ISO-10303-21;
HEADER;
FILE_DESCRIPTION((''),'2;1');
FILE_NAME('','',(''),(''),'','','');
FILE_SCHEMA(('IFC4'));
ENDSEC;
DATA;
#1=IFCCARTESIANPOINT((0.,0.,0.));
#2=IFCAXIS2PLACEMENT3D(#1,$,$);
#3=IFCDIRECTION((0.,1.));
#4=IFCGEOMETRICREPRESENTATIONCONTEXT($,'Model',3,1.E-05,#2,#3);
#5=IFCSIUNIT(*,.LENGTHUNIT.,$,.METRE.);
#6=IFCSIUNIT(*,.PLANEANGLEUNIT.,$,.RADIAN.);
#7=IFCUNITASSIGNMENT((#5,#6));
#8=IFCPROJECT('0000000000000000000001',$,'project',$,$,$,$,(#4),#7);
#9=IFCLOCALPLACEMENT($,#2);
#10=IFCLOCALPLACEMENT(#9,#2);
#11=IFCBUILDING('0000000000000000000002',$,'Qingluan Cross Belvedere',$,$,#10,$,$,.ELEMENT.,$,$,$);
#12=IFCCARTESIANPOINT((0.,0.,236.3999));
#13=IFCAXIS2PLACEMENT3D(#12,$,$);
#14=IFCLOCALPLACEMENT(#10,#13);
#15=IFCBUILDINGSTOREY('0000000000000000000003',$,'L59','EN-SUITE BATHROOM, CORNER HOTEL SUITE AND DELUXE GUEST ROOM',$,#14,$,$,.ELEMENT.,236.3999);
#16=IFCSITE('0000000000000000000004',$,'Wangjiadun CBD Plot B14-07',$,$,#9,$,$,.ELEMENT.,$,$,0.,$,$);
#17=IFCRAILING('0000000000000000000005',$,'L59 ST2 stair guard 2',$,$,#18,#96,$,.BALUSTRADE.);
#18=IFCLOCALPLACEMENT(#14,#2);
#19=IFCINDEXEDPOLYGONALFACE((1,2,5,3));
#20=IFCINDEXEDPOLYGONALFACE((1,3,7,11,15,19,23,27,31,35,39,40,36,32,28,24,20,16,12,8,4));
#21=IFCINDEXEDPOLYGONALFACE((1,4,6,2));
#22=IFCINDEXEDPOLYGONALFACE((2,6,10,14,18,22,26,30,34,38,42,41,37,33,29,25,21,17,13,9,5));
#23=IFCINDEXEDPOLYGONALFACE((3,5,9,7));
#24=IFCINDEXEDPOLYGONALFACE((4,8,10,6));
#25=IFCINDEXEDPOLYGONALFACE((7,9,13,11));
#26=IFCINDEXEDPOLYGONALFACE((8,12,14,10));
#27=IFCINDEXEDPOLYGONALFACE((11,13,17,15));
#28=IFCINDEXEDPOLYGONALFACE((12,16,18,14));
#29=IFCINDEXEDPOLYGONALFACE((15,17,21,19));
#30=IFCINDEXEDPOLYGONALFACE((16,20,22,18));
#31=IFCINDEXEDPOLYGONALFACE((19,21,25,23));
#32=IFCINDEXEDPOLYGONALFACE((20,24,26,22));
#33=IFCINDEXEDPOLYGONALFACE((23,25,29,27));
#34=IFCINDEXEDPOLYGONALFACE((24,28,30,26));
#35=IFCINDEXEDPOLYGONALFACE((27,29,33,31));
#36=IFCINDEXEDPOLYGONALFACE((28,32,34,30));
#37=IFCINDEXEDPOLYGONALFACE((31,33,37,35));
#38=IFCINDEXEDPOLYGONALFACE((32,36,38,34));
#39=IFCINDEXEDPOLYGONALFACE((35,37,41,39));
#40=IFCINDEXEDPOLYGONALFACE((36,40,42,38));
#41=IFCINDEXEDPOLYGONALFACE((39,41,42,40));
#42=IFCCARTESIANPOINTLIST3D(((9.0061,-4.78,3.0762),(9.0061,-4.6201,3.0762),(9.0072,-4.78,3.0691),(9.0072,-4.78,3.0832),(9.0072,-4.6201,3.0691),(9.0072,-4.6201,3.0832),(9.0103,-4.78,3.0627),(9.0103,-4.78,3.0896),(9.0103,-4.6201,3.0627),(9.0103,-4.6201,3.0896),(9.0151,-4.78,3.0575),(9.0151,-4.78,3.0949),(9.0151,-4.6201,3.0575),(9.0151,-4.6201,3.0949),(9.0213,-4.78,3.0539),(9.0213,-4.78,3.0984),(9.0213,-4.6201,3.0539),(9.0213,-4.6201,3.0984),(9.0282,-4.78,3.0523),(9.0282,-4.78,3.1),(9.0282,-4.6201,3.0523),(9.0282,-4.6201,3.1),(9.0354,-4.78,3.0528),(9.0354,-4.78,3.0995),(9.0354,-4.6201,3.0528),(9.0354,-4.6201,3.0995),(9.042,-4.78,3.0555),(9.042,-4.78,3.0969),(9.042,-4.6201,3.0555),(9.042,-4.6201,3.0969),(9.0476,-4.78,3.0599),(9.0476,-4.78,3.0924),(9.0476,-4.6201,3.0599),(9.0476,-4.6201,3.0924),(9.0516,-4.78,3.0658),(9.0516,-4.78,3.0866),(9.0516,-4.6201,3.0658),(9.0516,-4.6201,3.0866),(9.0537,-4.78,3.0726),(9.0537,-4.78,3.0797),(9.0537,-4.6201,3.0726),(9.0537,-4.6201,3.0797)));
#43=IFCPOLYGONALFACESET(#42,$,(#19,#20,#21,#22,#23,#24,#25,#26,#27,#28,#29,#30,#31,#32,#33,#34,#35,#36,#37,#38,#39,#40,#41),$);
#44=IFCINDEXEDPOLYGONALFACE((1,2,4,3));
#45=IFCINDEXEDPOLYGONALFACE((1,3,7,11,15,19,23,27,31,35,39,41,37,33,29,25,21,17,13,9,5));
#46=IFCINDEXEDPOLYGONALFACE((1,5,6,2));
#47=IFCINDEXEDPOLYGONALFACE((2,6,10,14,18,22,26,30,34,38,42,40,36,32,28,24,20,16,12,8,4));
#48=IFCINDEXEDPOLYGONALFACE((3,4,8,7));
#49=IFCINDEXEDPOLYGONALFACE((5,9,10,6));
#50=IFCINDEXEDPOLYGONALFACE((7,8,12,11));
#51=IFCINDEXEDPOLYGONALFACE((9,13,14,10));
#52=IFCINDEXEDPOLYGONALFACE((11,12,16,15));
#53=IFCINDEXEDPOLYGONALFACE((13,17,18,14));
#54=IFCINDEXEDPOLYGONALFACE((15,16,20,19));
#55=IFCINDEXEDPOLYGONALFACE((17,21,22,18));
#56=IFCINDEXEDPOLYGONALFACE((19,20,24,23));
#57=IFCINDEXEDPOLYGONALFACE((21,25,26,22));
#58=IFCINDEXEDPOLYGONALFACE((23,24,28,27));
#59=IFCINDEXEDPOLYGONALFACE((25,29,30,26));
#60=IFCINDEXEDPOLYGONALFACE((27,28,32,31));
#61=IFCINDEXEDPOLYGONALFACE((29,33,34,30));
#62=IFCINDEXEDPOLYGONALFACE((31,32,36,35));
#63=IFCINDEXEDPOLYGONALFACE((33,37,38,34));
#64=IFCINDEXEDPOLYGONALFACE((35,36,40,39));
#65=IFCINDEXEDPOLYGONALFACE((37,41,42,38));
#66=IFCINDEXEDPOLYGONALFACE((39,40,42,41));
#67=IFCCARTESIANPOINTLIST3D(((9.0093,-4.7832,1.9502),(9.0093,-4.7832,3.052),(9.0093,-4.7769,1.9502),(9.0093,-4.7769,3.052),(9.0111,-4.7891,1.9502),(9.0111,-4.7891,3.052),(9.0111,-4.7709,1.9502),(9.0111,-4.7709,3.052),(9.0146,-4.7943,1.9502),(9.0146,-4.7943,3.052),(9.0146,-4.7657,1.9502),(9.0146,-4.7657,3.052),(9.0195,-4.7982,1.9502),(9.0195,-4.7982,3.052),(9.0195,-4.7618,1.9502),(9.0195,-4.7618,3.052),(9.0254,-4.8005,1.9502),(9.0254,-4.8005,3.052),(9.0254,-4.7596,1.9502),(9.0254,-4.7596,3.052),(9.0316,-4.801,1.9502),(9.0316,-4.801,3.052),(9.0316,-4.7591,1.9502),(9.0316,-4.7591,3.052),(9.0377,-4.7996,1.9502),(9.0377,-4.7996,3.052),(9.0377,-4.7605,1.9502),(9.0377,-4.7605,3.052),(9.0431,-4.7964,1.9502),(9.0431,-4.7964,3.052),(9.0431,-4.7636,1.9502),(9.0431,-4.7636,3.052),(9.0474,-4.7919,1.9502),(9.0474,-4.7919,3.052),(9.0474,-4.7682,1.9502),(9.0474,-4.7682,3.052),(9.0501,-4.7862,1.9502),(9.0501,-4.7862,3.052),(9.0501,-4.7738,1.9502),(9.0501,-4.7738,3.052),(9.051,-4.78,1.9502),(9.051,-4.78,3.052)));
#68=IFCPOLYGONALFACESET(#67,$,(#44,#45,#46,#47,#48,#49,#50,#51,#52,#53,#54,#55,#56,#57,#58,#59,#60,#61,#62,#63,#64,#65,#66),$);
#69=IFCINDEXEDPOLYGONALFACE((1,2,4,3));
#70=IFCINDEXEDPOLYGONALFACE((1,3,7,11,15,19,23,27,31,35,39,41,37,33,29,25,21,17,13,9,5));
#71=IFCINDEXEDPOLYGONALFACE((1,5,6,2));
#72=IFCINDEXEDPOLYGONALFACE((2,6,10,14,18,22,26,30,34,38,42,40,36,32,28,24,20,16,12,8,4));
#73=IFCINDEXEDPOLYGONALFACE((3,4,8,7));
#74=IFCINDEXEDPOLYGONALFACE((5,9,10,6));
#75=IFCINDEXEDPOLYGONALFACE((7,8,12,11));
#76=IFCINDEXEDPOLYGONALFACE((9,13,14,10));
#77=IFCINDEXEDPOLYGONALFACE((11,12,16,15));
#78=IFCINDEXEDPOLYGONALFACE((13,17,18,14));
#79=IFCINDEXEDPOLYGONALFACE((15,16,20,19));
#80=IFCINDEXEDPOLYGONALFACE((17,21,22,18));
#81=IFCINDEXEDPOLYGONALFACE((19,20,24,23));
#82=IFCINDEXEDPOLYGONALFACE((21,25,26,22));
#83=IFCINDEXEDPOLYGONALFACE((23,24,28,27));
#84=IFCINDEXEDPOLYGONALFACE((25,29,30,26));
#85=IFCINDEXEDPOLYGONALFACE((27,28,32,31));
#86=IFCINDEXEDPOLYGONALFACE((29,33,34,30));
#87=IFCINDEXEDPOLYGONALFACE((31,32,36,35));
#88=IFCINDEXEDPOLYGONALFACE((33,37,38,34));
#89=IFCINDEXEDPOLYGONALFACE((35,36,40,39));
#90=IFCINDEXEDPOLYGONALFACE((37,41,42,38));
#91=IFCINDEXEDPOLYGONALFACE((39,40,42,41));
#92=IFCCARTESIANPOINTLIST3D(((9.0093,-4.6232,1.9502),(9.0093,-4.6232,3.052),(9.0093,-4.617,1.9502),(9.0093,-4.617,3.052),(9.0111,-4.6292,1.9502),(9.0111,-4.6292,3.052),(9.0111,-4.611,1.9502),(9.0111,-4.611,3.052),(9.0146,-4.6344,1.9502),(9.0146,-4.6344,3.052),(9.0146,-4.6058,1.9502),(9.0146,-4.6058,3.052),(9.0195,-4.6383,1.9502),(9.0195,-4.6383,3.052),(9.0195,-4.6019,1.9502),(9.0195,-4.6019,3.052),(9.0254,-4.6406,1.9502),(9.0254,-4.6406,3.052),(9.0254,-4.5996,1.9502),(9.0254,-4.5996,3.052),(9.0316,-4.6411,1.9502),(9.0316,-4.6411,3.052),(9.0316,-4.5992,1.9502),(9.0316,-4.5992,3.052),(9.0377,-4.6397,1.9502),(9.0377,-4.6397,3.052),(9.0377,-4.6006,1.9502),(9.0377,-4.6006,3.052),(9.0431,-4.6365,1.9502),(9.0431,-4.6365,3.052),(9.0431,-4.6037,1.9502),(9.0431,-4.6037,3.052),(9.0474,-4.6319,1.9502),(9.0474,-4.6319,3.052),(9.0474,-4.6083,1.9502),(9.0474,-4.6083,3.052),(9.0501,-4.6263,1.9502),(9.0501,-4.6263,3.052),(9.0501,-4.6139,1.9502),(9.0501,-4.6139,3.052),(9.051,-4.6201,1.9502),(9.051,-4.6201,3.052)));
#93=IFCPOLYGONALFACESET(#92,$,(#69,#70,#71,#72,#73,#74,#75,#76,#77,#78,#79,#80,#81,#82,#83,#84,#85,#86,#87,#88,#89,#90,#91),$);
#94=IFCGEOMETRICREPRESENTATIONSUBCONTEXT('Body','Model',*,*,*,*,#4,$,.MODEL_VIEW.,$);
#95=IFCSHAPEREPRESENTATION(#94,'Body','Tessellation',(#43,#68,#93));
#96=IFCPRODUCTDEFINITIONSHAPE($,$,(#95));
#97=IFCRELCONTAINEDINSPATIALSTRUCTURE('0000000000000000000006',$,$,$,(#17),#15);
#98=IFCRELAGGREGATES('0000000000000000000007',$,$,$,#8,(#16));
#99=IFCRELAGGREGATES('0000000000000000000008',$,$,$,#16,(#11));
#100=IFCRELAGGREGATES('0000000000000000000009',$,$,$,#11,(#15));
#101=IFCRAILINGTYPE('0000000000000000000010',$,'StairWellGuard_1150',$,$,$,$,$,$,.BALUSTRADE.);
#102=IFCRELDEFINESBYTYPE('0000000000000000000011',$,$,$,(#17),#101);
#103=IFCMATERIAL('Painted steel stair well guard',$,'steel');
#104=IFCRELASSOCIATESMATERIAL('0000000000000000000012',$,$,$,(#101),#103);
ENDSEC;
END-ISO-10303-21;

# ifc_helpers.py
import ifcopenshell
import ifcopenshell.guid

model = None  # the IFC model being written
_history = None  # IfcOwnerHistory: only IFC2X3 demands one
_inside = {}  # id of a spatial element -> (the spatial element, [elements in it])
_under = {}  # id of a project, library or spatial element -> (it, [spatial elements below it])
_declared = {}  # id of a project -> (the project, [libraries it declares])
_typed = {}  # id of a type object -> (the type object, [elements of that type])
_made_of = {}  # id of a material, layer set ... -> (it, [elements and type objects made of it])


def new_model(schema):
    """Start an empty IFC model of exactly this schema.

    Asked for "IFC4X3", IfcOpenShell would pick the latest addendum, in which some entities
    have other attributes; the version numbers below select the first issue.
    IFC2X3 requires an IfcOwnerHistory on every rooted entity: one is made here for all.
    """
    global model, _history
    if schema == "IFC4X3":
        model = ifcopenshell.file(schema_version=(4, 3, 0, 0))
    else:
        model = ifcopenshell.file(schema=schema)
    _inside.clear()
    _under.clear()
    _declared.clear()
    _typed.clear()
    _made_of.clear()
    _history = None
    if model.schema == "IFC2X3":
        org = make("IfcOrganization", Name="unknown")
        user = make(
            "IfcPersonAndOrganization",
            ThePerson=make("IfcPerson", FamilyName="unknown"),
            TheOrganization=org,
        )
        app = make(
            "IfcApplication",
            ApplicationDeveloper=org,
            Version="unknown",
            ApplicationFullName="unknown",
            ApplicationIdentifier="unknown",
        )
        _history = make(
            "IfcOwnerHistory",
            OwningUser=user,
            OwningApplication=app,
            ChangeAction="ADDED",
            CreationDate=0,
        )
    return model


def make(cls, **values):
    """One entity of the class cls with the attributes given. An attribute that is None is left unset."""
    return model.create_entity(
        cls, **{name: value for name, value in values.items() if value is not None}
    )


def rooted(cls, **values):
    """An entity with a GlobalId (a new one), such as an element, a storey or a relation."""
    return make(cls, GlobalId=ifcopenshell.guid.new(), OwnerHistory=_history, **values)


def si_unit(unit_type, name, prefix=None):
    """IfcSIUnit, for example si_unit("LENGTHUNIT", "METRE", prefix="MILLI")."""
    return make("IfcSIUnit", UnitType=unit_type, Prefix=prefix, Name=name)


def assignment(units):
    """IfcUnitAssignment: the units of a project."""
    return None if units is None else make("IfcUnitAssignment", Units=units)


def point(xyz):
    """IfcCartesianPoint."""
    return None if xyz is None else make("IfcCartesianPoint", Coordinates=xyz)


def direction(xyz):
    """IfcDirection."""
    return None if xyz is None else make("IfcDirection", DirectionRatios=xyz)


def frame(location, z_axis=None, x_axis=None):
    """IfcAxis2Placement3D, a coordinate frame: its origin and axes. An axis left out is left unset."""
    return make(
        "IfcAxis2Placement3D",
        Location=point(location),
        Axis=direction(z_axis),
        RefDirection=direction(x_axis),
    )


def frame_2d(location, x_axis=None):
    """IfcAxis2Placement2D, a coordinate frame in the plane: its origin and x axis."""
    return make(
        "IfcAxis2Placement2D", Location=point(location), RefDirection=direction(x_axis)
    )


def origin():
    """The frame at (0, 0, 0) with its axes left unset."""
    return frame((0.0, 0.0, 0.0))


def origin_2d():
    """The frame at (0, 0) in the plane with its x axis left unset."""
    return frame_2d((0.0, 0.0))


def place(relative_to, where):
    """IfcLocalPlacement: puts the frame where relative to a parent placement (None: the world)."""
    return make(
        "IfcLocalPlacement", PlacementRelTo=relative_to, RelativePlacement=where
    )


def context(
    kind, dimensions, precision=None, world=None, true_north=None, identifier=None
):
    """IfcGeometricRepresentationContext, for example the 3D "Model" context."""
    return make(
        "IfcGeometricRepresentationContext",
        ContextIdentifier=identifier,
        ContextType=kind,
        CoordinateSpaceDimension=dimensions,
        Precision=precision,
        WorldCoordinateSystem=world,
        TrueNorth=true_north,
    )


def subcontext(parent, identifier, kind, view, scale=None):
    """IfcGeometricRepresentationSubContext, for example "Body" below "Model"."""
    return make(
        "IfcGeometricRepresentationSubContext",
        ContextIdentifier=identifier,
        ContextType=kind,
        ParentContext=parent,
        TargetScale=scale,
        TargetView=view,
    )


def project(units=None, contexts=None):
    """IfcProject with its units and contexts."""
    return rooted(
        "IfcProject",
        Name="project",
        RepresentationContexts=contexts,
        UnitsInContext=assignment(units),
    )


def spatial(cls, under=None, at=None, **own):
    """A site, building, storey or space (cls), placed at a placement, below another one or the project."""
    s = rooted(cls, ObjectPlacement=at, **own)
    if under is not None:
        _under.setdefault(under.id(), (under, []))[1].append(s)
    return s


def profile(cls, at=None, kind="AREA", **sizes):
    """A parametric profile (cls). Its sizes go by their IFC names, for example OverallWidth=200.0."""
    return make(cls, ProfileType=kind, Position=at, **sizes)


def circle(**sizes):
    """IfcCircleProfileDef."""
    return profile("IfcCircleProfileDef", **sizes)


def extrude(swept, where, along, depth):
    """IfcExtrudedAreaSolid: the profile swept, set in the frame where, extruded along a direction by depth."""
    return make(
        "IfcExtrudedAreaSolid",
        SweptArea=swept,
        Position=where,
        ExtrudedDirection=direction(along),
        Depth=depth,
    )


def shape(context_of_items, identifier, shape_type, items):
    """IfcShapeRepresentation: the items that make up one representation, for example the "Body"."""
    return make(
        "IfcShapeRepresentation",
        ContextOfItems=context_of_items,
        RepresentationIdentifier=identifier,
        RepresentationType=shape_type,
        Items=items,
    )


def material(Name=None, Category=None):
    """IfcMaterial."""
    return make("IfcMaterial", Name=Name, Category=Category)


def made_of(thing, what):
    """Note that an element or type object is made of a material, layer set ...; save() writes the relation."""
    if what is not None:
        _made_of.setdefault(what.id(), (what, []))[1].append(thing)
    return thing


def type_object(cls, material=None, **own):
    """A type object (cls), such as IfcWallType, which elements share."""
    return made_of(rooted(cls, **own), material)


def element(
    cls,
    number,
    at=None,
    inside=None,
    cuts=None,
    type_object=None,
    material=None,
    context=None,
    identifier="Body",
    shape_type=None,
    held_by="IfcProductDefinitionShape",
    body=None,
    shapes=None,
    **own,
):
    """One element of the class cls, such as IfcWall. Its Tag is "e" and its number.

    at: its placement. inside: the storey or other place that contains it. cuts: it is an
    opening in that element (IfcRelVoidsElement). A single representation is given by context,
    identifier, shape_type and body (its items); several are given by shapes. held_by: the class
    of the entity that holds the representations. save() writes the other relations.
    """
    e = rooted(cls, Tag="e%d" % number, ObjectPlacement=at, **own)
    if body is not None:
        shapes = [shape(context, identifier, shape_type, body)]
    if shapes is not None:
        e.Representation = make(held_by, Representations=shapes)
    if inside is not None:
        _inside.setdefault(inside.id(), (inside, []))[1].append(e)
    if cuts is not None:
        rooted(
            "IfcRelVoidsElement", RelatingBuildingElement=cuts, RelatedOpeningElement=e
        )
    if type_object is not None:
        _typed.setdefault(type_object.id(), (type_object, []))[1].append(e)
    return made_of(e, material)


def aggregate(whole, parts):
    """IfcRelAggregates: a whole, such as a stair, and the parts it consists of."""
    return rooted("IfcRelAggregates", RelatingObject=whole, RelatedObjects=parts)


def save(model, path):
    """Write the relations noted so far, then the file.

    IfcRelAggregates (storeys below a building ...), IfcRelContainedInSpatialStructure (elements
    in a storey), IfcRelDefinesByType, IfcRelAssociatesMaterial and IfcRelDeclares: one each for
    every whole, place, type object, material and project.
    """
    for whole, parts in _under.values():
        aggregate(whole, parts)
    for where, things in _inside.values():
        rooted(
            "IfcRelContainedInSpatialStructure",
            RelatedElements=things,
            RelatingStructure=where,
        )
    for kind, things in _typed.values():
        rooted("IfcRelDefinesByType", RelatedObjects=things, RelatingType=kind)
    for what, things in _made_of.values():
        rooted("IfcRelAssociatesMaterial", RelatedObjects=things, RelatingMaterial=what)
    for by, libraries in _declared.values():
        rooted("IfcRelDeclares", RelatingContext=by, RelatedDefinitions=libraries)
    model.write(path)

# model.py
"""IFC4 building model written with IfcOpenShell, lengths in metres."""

from ifc_helpers import new_model, si_unit, direction, frame, origin, origin_2d, place, context, subcontext, project, spatial, circle, extrude, material, type_object, element, save


model = new_model("IFC4")

# Units and contexts
model_context = context("Model", 3, precision=1e-05, world=origin(), true_north=direction((0.0, 1.0)))
body_context = subcontext(model_context, "Body", "Model", "MODEL_VIEW")
ifc_project = project(units=[si_unit("LENGTHUNIT", "METRE"), si_unit("PLANEANGLEUNIT", "RADIAN")], contexts=[model_context])

# Site, building, storey
site_placement = place(None, origin())
site = spatial("IfcSite", under=ifc_project, at=site_placement, Name="Wangjiadun CBD Plot B14-07", CompositionType="ELEMENT", RefElevation=0.0)
building_placement = place(site_placement, origin())
building = spatial("IfcBuilding", under=site, at=building_placement, Name="Qingluan Cross Belvedere", CompositionType="ELEMENT")
storey_placement = place(building_placement, frame((0.0, 0.0, 236.3999)))
storey = spatial("IfcBuildingStorey", under=building, at=storey_placement, Name="L59", Description="EN-SUITE BATHROOM, CORNER HOTEL SUITE AND DELUXE GUEST ROOM", CompositionType="ELEMENT", Elevation=236.3999)

# Railing
ifc_material_1 = material(Name="Painted steel stair well guard", Category="steel")
railing_type_1 = type_object("IfcRailingType", Name="StairWellGuard_1150", PredefinedType="BALUSTRADE", material=ifc_material_1)
railing_1_placement = place(storey_placement, frame((9.03, -4.78, 1.9502)))
element("IfcRailing", 1, at=railing_1_placement, inside=storey, type_object=railing_type_1, Name="L59 ST2 stair guard 2", PredefinedType="BALUSTRADE", context=body_context, shape_type="SweptSolid", body=[
    extrude(circle(Radius=0.0239, at=origin_2d()), frame((0.0, 0.0, 1.126), z_axis=(0.0, 1.0, 0.0), x_axis=(-1.0, 0.0, 0.0)), (0.0, 0.0, 1.0), 0.1599),
    extrude(circle(Radius=0.021, at=origin_2d()), origin(), (0.0, 0.0, 1.0), 1.1018),
    extrude(circle(Radius=0.021, at=origin_2d()), frame((0.0, 0.1599, 0.0)), (0.0, 0.0, 1.0), 1.1018),
])

save(model, "model.ifc")
